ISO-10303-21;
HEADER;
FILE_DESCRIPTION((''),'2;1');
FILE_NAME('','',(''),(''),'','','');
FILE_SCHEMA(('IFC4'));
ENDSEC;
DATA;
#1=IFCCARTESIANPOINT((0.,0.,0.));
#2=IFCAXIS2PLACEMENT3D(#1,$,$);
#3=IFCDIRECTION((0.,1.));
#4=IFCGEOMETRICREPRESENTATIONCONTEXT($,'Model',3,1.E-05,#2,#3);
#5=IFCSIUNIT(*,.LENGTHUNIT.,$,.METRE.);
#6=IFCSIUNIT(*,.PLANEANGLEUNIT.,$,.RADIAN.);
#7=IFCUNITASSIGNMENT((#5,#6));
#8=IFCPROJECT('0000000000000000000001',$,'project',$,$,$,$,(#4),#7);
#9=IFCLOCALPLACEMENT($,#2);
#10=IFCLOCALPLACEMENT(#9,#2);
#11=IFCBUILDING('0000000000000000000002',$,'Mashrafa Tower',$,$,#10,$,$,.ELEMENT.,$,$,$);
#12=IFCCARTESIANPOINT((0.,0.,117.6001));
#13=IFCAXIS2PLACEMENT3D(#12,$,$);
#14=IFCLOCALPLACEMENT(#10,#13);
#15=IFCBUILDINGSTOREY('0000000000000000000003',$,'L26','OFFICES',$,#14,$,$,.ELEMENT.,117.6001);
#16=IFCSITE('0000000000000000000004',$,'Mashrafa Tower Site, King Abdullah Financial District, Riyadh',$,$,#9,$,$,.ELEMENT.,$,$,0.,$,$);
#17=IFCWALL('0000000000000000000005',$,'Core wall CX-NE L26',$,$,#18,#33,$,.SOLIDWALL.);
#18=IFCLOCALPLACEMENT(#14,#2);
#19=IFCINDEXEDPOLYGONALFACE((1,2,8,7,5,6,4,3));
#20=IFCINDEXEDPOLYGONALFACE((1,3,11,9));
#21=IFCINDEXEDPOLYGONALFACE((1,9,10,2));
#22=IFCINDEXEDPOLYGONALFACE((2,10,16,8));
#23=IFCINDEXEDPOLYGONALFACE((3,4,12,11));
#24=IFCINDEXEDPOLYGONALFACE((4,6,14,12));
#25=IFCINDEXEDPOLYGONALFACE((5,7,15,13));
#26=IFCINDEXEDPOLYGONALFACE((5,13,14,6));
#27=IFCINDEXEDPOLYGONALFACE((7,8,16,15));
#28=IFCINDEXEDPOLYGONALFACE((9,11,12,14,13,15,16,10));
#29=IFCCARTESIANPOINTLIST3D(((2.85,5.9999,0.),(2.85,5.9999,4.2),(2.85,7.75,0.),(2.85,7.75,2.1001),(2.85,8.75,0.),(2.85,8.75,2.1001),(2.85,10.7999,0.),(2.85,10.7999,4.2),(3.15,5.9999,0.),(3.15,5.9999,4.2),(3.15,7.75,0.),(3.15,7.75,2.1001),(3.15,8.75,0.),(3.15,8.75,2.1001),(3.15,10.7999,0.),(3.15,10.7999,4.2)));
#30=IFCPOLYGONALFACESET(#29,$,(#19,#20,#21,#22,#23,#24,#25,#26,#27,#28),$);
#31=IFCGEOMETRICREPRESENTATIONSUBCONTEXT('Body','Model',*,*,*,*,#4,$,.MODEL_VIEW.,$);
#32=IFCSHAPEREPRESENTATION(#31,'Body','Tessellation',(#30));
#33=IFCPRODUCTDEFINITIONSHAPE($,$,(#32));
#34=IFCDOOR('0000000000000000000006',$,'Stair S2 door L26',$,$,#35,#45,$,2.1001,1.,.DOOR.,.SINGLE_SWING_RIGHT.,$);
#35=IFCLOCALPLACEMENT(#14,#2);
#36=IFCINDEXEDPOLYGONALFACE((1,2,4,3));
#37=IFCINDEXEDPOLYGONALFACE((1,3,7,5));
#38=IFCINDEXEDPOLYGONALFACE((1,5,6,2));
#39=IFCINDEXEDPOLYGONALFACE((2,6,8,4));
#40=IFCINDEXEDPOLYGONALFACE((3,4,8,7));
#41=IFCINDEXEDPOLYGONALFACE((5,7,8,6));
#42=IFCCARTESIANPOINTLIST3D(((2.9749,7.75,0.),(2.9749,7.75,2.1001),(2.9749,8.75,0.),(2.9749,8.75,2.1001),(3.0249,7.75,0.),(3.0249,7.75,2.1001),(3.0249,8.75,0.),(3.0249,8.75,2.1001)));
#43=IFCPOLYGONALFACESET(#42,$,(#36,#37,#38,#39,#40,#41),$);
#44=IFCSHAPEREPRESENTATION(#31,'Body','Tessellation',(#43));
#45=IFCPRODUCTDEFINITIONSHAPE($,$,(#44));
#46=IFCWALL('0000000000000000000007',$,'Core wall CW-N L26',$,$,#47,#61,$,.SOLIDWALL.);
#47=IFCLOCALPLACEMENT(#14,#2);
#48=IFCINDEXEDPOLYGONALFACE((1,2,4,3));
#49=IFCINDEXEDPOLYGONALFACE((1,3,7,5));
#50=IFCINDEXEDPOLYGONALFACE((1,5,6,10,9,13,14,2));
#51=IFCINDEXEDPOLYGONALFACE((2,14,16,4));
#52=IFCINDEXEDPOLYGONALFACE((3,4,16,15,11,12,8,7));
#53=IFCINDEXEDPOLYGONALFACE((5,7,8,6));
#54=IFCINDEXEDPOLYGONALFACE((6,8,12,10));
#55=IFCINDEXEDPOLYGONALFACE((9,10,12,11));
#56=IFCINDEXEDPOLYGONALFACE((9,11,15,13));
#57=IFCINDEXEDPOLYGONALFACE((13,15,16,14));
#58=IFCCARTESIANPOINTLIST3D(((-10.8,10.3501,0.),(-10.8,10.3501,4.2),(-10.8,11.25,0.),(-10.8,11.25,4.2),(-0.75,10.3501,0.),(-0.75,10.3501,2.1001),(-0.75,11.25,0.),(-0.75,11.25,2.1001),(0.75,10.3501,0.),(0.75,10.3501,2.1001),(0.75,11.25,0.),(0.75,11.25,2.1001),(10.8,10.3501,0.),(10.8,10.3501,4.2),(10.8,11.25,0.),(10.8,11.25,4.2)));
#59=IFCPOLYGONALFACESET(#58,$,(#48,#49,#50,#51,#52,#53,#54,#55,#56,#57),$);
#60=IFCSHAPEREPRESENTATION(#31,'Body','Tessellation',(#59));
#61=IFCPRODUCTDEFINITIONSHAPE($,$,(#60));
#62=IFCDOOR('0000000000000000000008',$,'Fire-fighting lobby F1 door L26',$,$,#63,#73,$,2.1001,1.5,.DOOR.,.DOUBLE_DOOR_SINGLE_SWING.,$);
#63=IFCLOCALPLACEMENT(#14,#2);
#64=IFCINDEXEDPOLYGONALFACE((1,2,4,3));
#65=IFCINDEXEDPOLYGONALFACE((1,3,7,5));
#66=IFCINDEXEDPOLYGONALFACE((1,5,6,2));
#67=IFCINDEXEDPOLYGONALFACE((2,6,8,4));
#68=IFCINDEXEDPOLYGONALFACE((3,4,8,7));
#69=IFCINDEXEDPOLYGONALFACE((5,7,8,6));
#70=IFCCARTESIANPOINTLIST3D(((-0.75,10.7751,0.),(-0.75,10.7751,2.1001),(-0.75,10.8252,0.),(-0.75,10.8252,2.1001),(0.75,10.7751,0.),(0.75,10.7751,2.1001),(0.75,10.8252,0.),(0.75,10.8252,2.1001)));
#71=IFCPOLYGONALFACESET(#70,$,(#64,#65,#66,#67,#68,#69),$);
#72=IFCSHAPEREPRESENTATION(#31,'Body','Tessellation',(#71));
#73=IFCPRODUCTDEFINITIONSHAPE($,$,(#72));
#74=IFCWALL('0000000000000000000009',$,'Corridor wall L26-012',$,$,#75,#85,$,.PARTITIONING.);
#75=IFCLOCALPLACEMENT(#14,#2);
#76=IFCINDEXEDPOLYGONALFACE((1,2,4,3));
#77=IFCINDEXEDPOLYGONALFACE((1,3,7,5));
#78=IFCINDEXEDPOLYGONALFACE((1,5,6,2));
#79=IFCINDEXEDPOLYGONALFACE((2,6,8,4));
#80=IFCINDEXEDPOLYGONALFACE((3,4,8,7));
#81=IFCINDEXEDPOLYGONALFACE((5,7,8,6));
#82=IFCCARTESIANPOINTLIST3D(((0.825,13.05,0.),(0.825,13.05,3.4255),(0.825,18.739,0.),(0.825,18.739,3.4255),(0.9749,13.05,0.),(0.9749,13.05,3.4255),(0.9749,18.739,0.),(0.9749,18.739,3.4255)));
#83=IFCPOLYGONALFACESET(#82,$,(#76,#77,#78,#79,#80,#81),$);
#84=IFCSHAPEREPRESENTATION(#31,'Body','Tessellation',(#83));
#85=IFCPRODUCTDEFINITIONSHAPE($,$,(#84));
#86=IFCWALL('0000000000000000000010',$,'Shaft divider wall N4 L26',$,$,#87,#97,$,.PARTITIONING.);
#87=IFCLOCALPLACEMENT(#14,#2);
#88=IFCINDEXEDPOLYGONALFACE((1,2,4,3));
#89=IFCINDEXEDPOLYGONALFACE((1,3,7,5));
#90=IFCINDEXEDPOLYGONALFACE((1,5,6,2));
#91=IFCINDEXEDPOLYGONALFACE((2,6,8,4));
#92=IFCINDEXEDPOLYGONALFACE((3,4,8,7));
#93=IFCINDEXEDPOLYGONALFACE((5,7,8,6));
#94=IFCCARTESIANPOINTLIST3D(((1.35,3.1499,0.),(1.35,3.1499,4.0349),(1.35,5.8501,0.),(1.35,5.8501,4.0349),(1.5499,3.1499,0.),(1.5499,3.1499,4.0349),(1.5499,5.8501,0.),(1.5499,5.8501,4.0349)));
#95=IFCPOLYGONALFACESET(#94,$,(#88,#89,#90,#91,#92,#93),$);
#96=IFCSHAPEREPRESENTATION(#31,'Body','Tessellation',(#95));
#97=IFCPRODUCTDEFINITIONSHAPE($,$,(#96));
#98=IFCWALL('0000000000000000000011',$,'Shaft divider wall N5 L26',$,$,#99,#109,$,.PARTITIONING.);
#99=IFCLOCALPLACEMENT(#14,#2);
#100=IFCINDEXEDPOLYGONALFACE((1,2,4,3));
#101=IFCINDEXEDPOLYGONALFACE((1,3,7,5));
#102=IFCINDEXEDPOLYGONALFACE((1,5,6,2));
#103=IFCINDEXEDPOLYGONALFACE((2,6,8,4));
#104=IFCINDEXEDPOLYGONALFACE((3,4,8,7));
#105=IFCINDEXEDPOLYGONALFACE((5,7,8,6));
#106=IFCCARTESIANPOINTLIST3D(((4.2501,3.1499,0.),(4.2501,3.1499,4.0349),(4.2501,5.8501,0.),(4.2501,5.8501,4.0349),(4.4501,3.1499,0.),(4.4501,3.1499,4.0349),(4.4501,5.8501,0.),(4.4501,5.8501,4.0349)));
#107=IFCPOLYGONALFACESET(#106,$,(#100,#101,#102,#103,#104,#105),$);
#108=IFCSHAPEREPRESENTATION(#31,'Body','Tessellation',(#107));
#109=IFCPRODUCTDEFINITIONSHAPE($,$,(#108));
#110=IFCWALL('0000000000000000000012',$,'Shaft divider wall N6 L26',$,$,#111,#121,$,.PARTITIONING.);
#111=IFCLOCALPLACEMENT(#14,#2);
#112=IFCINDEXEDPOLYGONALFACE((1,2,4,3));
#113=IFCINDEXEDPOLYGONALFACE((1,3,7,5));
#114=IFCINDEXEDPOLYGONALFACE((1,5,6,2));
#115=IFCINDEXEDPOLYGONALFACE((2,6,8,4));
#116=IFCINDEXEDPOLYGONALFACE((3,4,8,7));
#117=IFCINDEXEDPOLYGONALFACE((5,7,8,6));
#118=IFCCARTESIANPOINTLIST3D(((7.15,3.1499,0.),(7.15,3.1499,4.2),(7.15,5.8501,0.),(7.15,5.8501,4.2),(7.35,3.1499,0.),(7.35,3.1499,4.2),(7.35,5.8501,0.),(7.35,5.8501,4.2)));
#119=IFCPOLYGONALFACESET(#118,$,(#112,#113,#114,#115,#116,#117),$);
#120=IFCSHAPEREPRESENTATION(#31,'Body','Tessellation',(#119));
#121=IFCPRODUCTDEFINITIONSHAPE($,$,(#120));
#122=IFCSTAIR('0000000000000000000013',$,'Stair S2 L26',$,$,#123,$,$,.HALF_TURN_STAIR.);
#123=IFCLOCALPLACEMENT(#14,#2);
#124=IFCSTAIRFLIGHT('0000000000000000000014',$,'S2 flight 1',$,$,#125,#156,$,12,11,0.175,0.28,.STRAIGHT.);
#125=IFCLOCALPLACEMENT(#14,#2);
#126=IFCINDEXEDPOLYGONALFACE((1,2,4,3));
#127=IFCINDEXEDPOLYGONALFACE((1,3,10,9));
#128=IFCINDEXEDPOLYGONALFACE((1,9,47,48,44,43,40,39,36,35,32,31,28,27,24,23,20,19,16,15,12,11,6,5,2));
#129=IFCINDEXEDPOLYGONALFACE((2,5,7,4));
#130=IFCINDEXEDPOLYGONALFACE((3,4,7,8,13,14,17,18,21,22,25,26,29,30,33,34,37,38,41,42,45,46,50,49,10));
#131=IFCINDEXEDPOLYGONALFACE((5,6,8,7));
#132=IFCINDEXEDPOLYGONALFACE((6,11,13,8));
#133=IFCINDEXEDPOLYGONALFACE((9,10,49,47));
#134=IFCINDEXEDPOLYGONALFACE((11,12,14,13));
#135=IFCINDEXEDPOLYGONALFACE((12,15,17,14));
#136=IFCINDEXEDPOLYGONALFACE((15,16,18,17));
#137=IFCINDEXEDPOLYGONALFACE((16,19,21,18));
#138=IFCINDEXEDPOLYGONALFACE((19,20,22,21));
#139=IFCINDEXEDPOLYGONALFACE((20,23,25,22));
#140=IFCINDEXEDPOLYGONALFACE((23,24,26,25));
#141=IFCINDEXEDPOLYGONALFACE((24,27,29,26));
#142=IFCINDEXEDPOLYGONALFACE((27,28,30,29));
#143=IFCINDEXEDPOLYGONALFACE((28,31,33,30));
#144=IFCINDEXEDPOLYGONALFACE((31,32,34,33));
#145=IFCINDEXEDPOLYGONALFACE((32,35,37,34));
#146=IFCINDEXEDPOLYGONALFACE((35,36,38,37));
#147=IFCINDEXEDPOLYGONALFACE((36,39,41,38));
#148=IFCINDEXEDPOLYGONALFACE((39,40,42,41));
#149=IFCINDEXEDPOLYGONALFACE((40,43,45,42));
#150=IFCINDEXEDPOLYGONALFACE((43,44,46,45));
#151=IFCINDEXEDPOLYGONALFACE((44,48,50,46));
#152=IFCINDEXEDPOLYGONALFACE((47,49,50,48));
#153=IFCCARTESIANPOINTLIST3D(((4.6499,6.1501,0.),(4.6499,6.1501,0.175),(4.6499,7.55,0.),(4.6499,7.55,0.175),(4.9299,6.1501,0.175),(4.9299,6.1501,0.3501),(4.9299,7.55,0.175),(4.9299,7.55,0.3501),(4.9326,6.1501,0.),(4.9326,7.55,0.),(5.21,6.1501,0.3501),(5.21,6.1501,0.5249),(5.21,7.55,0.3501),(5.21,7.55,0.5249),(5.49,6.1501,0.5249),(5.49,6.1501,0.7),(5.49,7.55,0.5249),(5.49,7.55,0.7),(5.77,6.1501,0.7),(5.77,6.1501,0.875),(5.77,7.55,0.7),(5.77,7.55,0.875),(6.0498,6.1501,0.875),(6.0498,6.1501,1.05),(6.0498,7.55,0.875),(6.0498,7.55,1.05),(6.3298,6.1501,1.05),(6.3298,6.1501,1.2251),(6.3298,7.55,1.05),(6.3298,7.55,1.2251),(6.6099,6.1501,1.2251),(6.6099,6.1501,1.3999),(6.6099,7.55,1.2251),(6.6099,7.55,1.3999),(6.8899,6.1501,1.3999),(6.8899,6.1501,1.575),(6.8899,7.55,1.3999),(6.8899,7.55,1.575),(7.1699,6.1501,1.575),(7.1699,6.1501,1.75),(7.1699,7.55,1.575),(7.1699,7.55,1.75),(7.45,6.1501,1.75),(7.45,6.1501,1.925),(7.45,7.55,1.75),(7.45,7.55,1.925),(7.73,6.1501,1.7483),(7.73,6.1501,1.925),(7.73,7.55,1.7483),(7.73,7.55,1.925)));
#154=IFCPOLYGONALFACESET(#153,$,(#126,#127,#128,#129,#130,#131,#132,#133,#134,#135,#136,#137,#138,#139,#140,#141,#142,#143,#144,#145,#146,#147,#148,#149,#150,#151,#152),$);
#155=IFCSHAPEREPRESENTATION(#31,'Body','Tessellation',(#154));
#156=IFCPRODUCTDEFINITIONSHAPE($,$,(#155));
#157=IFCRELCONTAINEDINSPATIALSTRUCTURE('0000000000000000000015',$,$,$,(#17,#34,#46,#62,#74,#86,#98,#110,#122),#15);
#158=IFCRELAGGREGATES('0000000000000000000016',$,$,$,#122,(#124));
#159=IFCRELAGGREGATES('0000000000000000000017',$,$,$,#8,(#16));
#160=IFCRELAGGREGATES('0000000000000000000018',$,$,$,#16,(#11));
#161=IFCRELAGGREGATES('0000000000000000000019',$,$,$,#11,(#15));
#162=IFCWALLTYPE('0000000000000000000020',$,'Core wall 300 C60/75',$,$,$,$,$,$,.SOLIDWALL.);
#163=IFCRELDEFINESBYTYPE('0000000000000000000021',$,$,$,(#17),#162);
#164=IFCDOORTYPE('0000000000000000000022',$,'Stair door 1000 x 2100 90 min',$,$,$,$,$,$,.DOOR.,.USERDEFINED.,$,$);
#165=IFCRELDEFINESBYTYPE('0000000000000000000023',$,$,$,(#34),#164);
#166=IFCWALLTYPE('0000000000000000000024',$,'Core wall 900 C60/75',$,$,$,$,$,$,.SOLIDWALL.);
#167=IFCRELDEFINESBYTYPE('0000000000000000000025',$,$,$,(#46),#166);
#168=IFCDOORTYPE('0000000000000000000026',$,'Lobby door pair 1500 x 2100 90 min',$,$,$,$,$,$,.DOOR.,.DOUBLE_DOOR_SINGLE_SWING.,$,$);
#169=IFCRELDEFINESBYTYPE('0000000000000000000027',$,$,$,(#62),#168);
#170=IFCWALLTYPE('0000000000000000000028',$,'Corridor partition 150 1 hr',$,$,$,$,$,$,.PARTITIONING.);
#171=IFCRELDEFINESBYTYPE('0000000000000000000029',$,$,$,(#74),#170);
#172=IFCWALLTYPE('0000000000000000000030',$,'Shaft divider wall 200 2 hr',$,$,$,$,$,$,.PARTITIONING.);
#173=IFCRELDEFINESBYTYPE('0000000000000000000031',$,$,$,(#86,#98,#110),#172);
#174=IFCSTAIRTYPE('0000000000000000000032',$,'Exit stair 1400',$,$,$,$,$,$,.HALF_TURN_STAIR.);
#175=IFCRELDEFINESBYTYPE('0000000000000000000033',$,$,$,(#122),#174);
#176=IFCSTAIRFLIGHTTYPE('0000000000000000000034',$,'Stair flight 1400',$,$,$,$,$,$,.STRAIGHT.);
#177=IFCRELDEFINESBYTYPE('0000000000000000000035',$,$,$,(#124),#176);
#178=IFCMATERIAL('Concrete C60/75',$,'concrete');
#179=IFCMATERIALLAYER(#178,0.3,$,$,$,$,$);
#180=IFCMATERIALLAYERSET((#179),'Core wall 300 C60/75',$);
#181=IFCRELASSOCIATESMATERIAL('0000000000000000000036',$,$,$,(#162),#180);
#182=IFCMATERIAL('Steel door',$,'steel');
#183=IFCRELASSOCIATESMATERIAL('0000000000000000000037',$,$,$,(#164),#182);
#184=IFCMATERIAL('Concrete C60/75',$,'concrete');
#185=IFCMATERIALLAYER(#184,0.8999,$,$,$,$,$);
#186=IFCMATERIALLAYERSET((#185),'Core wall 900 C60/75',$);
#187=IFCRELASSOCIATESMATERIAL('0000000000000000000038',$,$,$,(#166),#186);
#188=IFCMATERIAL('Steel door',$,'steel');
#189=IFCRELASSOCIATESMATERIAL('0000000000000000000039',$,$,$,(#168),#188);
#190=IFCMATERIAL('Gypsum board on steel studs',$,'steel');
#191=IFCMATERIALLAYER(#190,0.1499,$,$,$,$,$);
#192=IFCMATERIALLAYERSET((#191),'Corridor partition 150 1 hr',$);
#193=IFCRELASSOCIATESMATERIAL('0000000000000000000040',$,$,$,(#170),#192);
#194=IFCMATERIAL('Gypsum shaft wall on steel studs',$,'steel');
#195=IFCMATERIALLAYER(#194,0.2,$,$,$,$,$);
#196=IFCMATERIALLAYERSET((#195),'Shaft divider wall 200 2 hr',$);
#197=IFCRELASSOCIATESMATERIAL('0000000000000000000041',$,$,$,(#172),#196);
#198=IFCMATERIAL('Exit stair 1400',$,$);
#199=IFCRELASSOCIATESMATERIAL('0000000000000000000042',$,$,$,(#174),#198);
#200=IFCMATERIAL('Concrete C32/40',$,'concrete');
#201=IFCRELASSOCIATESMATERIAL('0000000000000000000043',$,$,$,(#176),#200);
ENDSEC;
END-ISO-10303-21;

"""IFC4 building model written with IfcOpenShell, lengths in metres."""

from ifc_helpers import new_model, si_unit, direction, frame, frame_2d, origin, place, context, subcontext, project, spatial, polyline, rectangle, outline, extrude, material, layer, layer_set, type_object, element, fill, aggregate, save


model = new_model("IFC4")

# Units and contexts
model_context = context("Model", 3, precision=1e-05, world=origin(), true_north=direction((0.0, 1.0)))
body_context = subcontext(model_context, "Body", "Model", "MODEL_VIEW")
ifc_project = project(units=[si_unit("LENGTHUNIT", "METRE"), si_unit("PLANEANGLEUNIT", "RADIAN")], contexts=[model_context])

# Site, building, storey
site_placement = place(None, origin())
site = spatial("IfcSite", under=ifc_project, at=site_placement, Name="Mashrafa Tower Site, King Abdullah Financial District, Riyadh", CompositionType="ELEMENT", RefElevation=0.0)
building_placement = place(site_placement, origin())
building = spatial("IfcBuilding", under=site, at=building_placement, Name="Mashrafa Tower", CompositionType="ELEMENT")
storey_placement = place(building_placement, frame((0.0, 0.0, 117.6001)))
storey = spatial("IfcBuildingStorey", under=building, at=storey_placement, Name="L26", Description="OFFICES", CompositionType="ELEMENT", Elevation=117.6001)

# Walls, openings, doors
ifc_material_1 = material(Name="Concrete C60/75", Category="concrete")
ifc_layer_1 = layer(ifc_material_1, 0.3)
ifc_layer_set_1 = layer_set([ifc_layer_1], Name="Core wall 300 C60/75")
wall_type_1 = type_object("IfcWallType", Name="Core wall 300 C60/75", PredefinedType="SOLIDWALL", material=ifc_layer_set_1)
wall_1_placement = place(storey_placement, frame((3.0, 6.0, 0.0), z_axis=(0.0, 0.0, 1.0), x_axis=(0.0, 1.0, 0.0)))
wall_1 = element("IfcWall", 1, at=wall_1_placement, inside=storey, type_object=wall_type_1, Name="Core wall CX-NE L26", PredefinedType="SOLIDWALL", context=body_context, shape_type="SweptSolid", body=[
    extrude(rectangle(XDim=4.8, YDim=0.3, at=frame_2d((2.3999, 0.0))), origin(), (0.0, 0.0, 1.0), 4.2),
])
opening_1_placement = place(wall_1_placement, frame((1.75, 0.0, 0.0)))
opening_1 = element("IfcOpeningElement", 2, at=opening_1_placement, cuts=wall_1, PredefinedType="OPENING", context=body_context, shape_type="SweptSolid", body=[
    extrude(rectangle(XDim=1.0, YDim=2.1001, at=frame_2d((0.5, 1.05))), frame((0.0, 0.1599, 0.0), z_axis=(0.0, -1.0, 0.0), x_axis=(1.0, 0.0, 0.0)), (0.0, 0.0, 1.0), 0.3201),
])
ifc_material_2 = material(Name="Steel door", Category="steel")
door_type_1 = type_object("IfcDoorType", Name="Stair door 1000 x 2100 90 min", OperationType="USERDEFINED", PredefinedType="DOOR", material=ifc_material_2)
door_1_placement = place(opening_1_placement, frame((1.0, 0.0, 0.0), z_axis=(0.0, 0.0, 1.0), x_axis=(-1.0, 0.0, 0.0)))
door_1 = element("IfcDoor", 3, at=door_1_placement, inside=storey, type_object=door_type_1, Name="Stair S2 door L26", OperationType="SINGLE_SWING_RIGHT", OverallHeight=2.1001, OverallWidth=1.0, PredefinedType="DOOR", context=body_context, shape_type="SweptSolid", body=[
    extrude(rectangle(XDim=1.0, YDim=2.1001, at=frame_2d((0.5, 1.05))), frame((0.0, 0.0249, 0.0), z_axis=(0.0, -1.0, 0.0), x_axis=(1.0, 0.0, 0.0)), (0.0, 0.0, 1.0), 0.05),
])
fill(opening_1, door_1)
ifc_material_3 = material(Name="Concrete C60/75", Category="concrete")
ifc_layer_2 = layer(ifc_material_3, 0.8999)
ifc_layer_set_2 = layer_set([ifc_layer_2], Name="Core wall 900 C60/75")
wall_type_2 = type_object("IfcWallType", Name="Core wall 900 C60/75", PredefinedType="SOLIDWALL", material=ifc_layer_set_2)
wall_2_placement = place(storey_placement, frame((10.8, 10.8, 0.0), z_axis=(0.0, 0.0, 1.0), x_axis=(-1.0, 0.0, 0.0)))
wall_2 = element("IfcWall", 4, at=wall_2_placement, inside=storey, type_object=wall_type_2, Name="Core wall CW-N L26", PredefinedType="SOLIDWALL", context=body_context, shape_type="SweptSolid", body=[
    extrude(rectangle(XDim=21.6001, YDim=0.8999, at=frame_2d((10.8, 0.0))), origin(), (0.0, 0.0, 1.0), 4.2),
])
opening_2_placement = place(wall_2_placement, frame((10.05, 0.0, 0.0)))
opening_2 = element("IfcOpeningElement", 5, at=opening_2_placement, cuts=wall_2, PredefinedType="OPENING", context=body_context, shape_type="SweptSolid", body=[
    extrude(rectangle(XDim=1.5, YDim=2.1001, at=frame_2d((0.75, 1.05))), frame((0.0, 0.46, 0.0), z_axis=(0.0, -1.0, 0.0), x_axis=(1.0, 0.0, 0.0)), (0.0, 0.0, 1.0), 0.9199),
])
ifc_material_4 = material(Name="Steel door", Category="steel")
door_type_2 = type_object("IfcDoorType", Name="Lobby door pair 1500 x 2100 90 min", OperationType="DOUBLE_DOOR_SINGLE_SWING", PredefinedType="DOOR", material=ifc_material_4)
door_2_placement = place(opening_2_placement, origin())
door_2 = element("IfcDoor", 6, at=door_2_placement, inside=storey, type_object=door_type_2, Name="Fire-fighting lobby F1 door L26", OperationType="DOUBLE_DOOR_SINGLE_SWING", OverallHeight=2.1001, OverallWidth=1.5, PredefinedType="DOOR", context=body_context, shape_type="SweptSolid", body=[
    extrude(rectangle(XDim=1.5, YDim=2.1001, at=frame_2d((0.75, 1.05))), frame((0.0, 0.0249, 0.0), z_axis=(0.0, -1.0, 0.0), x_axis=(1.0, 0.0, 0.0)), (0.0, 0.0, 1.0), 0.05),
])
fill(opening_2, door_2)

# Walls
ifc_material_5 = material(Name="Gypsum board on steel studs", Category="steel")
ifc_layer_3 = layer(ifc_material_5, 0.1499)
ifc_layer_set_3 = layer_set([ifc_layer_3], Name="Corridor partition 150 1 hr")
wall_type_3 = type_object("IfcWallType", Name="Corridor partition 150 1 hr", PredefinedType="PARTITIONING", material=ifc_layer_set_3)
wall_3_placement = place(storey_placement, frame((0.8999, 13.05, 0.0), z_axis=(0.0, 0.0, 1.0), x_axis=(0.0, 1.0, 0.0)))
element("IfcWall", 7, at=wall_3_placement, inside=storey, type_object=wall_type_3, Name="Corridor wall L26-012", PredefinedType="PARTITIONING", context=body_context, shape_type="SweptSolid", body=[
    extrude(rectangle(XDim=5.689, YDim=0.1499, at=frame_2d((2.8445, 0.0))), origin(), (0.0, 0.0, 1.0), 3.4255),
])
ifc_material_6 = material(Name="Gypsum shaft wall on steel studs", Category="steel")
ifc_layer_4 = layer(ifc_material_6, 0.2)
ifc_layer_set_4 = layer_set([ifc_layer_4], Name="Shaft divider wall 200 2 hr")
wall_type_4 = type_object("IfcWallType", Name="Shaft divider wall 200 2 hr", PredefinedType="PARTITIONING", material=ifc_layer_set_4)
for number, where, z_axis, x_axis, name in (
    (8, (1.45, 3.1499, 0.0), (0.0, 0.0, 1.0), (0.0, 1.0, 0.0), "Shaft divider wall N4 L26"),
    (9, (4.3501, 3.1499, 0.0), (0.0, 0.0, 1.0), (0.0, 1.0, 0.0), "Shaft divider wall N5 L26"),
):
    element("IfcWall", number, at=place(storey_placement, frame(where, z_axis=z_axis, x_axis=x_axis)), inside=storey, type_object=wall_type_4, Name=name, PredefinedType="PARTITIONING", context=body_context, shape_type="SweptSolid", body=[
        extrude(rectangle(XDim=2.7002, YDim=0.2, at=frame_2d((1.3501, 0.0))), origin(), (0.0, 0.0, 1.0), 4.0349),
    ])
wall_4_placement = place(storey_placement, frame((7.25, 3.1499, 0.0), z_axis=(0.0, 0.0, 1.0), x_axis=(0.0, 1.0, 0.0)))
element("IfcWall", 10, at=wall_4_placement, inside=storey, type_object=wall_type_4, Name="Shaft divider wall N6 L26", PredefinedType="PARTITIONING", context=body_context, shape_type="SweptSolid", body=[
    extrude(rectangle(XDim=2.7002, YDim=0.2, at=frame_2d((1.3501, 0.0))), origin(), (0.0, 0.0, 1.0), 4.2),
])

# Stair, stair flight
ifc_material_7 = material(Name="Exit stair 1400")
stair_type = type_object("IfcStairType", Name="Exit stair 1400", PredefinedType="HALF_TURN_STAIR", material=ifc_material_7)
stair_placement = place(storey_placement, origin())
stair = element("IfcStair", 11, at=stair_placement, inside=storey, type_object=stair_type, Name="Stair S2 L26", PredefinedType="HALF_TURN_STAIR")
ifc_material_8 = material(Name="Concrete C32/40", Category="concrete")
stair_flight_type = type_object("IfcStairFlightType", Name="Stair flight 1400", PredefinedType="STRAIGHT", material=ifc_material_8)
stair_flight_1_placement = place(storey_placement, frame((4.6499, 6.8501, 0.0), z_axis=(0.0, 0.0, 1.0), x_axis=(1.0, 0.0, 0.0)))
stair_flight_1 = element("IfcStairFlight", 12, at=stair_flight_1_placement, type_object=stair_flight_type, Name="S2 flight 1", NumberOfRisers=12, NumberOfTreads=11, PredefinedType="STRAIGHT", RiserHeight=0.175, TreadLength=0.28, context=body_context, shape_type="SweptSolid", body=[
    extrude(outline(polyline([(0.0, 0.0), (0.0, 0.175), (0.28, 0.175), (0.28, 0.3501), (0.5601, 0.3501), (0.5601, 0.5249), (0.8401, 0.5249), (0.8401, 0.7), (1.1201, 0.7), (1.1201, 0.875), (1.3999, 0.875), (1.3999, 1.05), (1.6799, 1.05), (1.6799, 1.2251), (1.96, 1.2251), (1.96, 1.3999), (2.24, 1.3999), (2.24, 1.575), (2.52, 1.575), (2.52, 1.75), (2.8, 1.75), (2.8, 1.925), (3.0801, 1.925), (3.0801, 2.1001), (3.0801, 1.7483), (0.2827, 0.0), (0.0, 0.0)])), frame((0.0, 0.7, 0.0), z_axis=(0.0, -1.0, 0.0), x_axis=(1.0, 0.0, 0.0)), (0.0, 0.0, 1.0), 1.3999),
])
aggregate(stair, [stair_flight_1])

save(model, "model.ifc")
